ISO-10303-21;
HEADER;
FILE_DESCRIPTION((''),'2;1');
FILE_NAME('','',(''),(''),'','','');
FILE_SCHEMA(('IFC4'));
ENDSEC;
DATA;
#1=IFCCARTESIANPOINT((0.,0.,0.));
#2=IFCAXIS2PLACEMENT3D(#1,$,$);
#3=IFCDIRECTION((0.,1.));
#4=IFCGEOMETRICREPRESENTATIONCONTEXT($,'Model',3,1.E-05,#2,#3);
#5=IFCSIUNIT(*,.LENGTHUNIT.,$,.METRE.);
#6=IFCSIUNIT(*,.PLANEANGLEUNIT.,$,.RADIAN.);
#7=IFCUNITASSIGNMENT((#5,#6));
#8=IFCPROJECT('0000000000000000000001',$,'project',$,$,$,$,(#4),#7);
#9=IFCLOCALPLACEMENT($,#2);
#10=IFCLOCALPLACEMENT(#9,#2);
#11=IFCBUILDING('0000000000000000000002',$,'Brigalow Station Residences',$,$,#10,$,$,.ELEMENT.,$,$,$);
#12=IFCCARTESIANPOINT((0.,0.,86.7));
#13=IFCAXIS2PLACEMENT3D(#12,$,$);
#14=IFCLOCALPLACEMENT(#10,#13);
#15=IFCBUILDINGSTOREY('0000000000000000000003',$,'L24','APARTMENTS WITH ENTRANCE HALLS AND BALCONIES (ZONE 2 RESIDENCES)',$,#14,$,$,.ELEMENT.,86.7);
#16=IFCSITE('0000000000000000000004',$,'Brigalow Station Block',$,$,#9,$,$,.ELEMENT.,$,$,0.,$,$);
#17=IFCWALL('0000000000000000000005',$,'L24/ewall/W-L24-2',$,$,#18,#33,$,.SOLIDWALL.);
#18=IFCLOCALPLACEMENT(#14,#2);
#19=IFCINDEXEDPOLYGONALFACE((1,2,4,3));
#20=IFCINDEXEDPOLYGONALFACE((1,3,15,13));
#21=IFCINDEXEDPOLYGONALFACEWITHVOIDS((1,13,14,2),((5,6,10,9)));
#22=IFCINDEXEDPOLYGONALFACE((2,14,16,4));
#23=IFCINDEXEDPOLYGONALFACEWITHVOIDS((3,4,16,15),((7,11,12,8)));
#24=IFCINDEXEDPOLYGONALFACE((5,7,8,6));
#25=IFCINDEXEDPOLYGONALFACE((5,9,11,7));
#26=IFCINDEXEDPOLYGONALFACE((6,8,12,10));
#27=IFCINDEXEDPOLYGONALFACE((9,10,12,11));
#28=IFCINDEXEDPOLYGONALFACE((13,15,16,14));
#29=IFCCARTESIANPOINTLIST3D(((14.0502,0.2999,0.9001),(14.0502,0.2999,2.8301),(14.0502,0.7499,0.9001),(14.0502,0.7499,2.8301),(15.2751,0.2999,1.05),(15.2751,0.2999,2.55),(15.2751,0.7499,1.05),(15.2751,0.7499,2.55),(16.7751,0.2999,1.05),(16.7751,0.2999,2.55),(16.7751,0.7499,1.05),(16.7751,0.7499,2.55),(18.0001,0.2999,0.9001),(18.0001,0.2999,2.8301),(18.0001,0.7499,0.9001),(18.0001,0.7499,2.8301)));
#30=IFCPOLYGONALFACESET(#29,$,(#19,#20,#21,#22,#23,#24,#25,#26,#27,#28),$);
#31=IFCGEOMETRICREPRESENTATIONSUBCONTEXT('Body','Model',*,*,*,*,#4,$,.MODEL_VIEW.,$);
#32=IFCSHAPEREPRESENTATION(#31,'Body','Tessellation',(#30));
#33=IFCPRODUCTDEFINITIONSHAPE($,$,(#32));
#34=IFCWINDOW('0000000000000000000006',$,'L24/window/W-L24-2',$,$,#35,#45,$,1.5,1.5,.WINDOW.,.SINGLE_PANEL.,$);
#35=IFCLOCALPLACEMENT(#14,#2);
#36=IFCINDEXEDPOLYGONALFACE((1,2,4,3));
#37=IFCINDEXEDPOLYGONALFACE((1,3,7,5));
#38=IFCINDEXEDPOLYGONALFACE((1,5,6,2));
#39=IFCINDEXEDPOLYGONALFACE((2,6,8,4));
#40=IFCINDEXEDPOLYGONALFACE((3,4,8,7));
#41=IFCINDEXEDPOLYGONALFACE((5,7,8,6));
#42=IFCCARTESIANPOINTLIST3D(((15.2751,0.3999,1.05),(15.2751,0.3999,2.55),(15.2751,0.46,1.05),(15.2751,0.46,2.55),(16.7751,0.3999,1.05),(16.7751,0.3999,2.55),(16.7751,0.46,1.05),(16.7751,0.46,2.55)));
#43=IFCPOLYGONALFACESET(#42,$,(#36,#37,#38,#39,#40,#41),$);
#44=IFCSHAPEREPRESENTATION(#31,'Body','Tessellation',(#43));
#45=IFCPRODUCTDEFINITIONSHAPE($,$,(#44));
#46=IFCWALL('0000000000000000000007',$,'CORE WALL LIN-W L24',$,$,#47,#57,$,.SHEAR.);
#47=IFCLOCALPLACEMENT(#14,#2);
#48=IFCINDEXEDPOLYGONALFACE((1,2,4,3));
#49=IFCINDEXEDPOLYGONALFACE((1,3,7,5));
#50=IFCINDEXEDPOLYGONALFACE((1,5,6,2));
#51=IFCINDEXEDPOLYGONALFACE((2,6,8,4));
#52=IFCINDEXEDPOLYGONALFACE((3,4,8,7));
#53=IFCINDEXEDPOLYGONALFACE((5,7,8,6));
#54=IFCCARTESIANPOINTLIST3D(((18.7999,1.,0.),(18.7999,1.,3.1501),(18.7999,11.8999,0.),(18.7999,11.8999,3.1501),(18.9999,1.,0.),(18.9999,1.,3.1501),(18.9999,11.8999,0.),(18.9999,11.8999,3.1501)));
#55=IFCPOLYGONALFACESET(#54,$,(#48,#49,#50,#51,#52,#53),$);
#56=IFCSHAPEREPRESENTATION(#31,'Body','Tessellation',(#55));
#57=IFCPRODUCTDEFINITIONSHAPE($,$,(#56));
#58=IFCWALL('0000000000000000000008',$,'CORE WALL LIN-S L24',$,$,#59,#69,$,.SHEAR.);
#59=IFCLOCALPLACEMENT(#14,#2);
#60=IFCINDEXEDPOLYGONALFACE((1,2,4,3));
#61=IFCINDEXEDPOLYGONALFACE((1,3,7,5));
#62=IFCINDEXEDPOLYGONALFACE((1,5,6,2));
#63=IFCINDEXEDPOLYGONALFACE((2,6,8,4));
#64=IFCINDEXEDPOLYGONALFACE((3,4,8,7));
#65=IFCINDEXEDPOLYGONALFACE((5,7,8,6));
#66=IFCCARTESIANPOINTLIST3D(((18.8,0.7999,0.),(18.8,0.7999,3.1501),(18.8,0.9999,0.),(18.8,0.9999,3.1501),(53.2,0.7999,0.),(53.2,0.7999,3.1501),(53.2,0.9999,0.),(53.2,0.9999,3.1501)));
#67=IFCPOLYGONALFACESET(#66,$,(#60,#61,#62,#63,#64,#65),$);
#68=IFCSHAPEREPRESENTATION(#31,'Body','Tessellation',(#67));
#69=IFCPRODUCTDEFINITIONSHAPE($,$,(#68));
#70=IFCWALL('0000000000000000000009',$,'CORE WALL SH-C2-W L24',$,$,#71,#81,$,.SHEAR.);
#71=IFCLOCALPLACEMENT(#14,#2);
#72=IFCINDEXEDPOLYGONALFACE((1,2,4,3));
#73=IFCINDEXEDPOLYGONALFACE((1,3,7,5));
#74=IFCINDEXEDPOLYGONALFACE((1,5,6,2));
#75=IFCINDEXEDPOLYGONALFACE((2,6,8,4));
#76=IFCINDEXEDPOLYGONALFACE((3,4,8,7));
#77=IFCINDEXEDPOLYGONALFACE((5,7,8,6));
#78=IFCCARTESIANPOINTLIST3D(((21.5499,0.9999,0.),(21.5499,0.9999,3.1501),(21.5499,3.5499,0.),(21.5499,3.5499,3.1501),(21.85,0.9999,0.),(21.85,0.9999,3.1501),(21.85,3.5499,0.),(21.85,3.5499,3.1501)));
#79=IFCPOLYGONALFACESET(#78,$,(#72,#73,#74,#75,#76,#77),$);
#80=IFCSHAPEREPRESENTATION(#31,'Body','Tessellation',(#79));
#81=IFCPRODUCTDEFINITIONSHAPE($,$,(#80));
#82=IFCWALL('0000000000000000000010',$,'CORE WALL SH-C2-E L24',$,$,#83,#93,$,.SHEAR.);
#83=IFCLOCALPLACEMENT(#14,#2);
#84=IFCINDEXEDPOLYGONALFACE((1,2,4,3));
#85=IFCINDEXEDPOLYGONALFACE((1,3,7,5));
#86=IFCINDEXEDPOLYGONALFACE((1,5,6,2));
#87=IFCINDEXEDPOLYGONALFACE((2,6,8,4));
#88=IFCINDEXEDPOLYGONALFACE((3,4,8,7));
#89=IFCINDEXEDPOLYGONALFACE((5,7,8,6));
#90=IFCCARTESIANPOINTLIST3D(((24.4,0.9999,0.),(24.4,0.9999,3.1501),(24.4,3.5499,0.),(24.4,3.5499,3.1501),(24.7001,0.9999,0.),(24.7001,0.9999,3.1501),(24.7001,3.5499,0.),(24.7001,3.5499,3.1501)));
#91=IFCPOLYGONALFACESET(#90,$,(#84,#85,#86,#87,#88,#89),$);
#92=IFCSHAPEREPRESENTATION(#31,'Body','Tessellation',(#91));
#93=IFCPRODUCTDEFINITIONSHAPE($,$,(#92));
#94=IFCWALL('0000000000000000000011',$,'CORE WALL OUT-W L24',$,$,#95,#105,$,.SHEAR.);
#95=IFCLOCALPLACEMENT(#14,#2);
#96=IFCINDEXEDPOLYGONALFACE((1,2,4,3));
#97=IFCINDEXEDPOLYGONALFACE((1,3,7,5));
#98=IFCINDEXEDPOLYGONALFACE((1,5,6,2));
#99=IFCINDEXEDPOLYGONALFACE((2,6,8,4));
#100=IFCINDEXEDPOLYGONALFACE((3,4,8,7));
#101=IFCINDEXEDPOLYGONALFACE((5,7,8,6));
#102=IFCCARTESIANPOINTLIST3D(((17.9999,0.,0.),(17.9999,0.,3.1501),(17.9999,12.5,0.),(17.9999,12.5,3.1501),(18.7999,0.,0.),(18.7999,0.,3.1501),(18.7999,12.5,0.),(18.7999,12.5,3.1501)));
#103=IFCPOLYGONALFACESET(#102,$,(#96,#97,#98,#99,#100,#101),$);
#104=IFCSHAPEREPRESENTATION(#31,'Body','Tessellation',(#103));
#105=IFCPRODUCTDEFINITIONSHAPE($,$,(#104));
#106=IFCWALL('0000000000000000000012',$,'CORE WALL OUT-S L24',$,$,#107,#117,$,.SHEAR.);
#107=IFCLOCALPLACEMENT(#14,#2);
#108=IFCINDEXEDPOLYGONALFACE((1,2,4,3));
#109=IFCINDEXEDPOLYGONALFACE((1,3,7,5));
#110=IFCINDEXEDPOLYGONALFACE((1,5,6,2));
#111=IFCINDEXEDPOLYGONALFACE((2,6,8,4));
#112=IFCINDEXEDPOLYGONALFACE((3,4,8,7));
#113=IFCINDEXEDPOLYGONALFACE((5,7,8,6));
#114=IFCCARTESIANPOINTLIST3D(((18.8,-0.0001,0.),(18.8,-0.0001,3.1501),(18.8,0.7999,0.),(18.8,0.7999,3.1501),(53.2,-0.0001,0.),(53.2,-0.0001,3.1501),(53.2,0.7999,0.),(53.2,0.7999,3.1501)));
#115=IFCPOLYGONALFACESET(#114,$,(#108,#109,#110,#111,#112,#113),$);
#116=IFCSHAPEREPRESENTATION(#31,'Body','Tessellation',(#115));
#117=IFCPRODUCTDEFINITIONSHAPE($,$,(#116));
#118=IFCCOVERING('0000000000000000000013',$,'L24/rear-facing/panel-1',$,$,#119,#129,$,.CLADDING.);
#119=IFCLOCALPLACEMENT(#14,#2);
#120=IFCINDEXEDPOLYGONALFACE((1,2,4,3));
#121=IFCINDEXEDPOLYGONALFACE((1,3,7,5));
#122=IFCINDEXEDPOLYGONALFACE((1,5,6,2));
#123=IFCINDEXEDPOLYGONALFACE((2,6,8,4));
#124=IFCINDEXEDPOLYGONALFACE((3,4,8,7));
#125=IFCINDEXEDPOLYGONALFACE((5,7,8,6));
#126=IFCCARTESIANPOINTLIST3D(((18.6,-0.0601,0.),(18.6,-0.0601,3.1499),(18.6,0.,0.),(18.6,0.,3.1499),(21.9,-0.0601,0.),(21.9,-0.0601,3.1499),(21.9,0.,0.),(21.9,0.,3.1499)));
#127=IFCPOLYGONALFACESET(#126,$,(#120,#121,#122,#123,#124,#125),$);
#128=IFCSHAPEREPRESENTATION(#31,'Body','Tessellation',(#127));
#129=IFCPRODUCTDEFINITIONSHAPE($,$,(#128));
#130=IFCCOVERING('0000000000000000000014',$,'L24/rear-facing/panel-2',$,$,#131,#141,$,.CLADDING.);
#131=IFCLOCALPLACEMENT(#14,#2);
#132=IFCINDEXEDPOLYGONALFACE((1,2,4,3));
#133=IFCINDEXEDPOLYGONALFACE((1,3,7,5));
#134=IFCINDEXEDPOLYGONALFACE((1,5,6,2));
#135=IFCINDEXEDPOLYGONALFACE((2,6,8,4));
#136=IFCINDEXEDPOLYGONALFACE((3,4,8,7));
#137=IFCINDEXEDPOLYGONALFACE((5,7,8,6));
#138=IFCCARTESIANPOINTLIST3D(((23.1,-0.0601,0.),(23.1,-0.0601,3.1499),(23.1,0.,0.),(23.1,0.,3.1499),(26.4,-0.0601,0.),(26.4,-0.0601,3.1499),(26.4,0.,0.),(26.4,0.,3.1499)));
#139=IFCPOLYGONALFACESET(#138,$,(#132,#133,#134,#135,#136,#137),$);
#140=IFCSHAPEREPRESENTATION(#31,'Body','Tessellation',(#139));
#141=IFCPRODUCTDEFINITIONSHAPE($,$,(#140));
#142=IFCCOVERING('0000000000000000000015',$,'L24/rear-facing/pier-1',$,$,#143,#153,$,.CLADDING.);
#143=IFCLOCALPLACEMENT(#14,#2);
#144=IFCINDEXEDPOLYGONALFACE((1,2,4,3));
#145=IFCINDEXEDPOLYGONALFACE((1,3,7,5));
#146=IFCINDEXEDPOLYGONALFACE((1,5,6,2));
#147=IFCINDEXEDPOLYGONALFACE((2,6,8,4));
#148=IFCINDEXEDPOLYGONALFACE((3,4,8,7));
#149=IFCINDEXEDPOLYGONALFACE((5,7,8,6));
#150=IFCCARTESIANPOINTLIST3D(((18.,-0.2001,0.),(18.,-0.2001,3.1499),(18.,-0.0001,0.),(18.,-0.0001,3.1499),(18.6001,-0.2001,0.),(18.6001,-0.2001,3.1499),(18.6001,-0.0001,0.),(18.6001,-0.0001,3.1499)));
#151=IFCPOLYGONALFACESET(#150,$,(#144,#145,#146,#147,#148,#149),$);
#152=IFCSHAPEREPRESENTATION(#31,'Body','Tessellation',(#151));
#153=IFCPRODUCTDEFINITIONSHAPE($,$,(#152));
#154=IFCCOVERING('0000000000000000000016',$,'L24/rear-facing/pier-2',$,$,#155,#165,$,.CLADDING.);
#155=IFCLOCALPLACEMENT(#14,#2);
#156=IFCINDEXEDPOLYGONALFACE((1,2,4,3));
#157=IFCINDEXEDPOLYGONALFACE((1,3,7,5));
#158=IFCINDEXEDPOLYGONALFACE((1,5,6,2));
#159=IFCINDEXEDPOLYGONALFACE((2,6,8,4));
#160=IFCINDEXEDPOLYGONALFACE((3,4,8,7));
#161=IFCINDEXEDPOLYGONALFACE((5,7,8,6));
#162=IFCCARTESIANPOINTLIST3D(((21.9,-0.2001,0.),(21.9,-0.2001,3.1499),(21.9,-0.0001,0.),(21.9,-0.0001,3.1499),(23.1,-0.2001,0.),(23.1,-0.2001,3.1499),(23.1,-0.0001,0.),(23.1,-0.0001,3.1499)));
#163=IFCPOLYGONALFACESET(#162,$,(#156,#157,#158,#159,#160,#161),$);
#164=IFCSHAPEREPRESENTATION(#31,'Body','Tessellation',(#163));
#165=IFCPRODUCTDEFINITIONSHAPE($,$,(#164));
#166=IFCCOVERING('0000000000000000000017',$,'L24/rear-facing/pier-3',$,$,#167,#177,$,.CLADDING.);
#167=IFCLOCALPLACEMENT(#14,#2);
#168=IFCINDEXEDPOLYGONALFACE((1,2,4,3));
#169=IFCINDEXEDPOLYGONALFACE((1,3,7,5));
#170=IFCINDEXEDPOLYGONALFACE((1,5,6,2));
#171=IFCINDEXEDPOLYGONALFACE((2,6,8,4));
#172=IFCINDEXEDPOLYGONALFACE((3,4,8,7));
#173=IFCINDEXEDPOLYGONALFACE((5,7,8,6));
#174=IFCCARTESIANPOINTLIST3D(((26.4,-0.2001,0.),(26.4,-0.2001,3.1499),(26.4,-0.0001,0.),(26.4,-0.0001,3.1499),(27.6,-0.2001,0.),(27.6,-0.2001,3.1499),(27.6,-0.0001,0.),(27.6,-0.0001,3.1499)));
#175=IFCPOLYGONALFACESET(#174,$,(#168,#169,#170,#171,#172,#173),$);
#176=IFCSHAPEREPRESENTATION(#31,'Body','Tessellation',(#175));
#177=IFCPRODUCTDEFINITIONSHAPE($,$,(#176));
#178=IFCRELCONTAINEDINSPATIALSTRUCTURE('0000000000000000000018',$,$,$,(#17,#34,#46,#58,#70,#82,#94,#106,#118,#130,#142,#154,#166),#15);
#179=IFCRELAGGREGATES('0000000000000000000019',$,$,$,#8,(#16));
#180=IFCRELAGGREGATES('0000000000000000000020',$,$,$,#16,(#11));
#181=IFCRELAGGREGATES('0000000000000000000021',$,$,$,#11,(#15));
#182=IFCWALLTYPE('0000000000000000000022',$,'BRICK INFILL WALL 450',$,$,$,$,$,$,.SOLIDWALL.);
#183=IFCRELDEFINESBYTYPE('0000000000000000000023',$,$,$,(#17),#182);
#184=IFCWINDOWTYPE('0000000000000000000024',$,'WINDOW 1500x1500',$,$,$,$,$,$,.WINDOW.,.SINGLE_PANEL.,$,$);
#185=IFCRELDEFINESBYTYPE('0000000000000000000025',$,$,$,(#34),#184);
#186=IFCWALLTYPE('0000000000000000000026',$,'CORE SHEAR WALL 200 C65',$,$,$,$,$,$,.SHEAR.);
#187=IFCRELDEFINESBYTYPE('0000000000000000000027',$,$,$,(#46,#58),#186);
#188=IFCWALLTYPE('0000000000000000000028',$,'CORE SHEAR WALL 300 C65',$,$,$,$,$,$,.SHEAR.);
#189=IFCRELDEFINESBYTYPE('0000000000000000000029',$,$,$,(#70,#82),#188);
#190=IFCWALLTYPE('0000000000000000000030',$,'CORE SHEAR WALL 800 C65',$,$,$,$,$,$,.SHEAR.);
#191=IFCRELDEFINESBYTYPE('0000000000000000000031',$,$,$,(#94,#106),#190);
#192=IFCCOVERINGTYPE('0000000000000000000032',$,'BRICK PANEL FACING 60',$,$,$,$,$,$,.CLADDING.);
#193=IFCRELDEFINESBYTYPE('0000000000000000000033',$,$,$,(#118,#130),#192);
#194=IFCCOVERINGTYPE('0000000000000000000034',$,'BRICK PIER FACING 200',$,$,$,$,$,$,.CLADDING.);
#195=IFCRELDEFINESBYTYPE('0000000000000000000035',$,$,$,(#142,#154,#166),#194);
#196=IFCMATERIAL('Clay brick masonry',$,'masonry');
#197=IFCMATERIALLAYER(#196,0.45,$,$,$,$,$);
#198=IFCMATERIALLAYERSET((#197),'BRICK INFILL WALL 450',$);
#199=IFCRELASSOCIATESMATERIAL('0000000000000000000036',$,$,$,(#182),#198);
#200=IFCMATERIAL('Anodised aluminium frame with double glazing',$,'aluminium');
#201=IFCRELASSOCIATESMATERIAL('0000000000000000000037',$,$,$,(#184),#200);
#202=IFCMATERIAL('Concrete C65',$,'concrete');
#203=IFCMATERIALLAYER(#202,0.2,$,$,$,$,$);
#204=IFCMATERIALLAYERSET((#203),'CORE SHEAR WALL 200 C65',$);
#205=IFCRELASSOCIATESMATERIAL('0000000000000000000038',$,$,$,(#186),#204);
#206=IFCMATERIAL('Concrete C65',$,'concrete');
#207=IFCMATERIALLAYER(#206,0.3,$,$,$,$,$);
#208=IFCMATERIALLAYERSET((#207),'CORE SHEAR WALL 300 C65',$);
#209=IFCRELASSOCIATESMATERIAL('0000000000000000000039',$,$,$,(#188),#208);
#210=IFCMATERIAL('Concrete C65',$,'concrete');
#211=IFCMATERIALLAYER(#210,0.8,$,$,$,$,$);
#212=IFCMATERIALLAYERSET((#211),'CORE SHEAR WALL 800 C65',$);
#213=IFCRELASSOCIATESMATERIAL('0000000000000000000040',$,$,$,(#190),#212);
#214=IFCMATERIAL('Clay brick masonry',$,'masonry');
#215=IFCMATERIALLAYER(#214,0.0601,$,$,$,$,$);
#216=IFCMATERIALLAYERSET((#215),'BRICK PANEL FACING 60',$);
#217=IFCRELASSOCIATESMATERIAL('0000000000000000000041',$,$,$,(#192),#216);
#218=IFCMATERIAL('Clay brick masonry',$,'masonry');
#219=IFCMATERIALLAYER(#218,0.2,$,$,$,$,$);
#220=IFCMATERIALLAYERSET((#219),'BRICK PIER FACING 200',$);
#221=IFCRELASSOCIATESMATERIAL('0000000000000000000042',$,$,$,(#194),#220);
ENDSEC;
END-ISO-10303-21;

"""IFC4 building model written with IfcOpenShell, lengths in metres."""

from ifc_helpers import new_model, si_unit, direction, frame, frame_2d, origin, origin_2d, place, context, subcontext, project, spatial, rectangle, extrude, material, layer, layer_set, type_object, element, fill, save


model = new_model("IFC4")

# Units and contexts
model_context = context("Model", 3, precision=1e-05, world=origin(), true_north=direction((0.0, 1.0)))
body_context = subcontext(model_context, "Body", "Model", "MODEL_VIEW")
ifc_project = project(units=[si_unit("LENGTHUNIT", "METRE"), si_unit("PLANEANGLEUNIT", "RADIAN")], contexts=[model_context])

# Site, building, storey
site_placement = place(None, origin())
site = spatial("IfcSite", under=ifc_project, at=site_placement, Name="Brigalow Station Block", CompositionType="ELEMENT", RefElevation=0.0)
building_placement = place(site_placement, origin())
building = spatial("IfcBuilding", under=site, at=building_placement, Name="Brigalow Station Residences", CompositionType="ELEMENT")
storey_placement = place(building_placement, frame((0.0, 0.0, 86.7)))
storey = spatial("IfcBuildingStorey", under=building, at=storey_placement, Name="L24", Description="APARTMENTS WITH ENTRANCE HALLS AND BALCONIES (ZONE 2 RESIDENCES)", CompositionType="ELEMENT", Elevation=86.7)

# Wall, opening, window
ifc_material_1 = material(Name="Clay brick masonry", Category="masonry")
ifc_layer_1 = layer(ifc_material_1, 0.45)
ifc_layer_set_1 = layer_set([ifc_layer_1], Name="BRICK INFILL WALL 450")
wall_type_1 = type_object("IfcWallType", Name="BRICK INFILL WALL 450", PredefinedType="SOLIDWALL", material=ifc_layer_set_1)
wall_1_placement = place(storey_placement, frame((14.05, 0.5249, 0.9001), z_axis=(0.0, 0.0, 1.0), x_axis=(1.0, 0.0, 0.0)))
wall_1 = element("IfcWall", 1, at=wall_1_placement, inside=storey, type_object=wall_type_1, Name="L24/ewall/W-L24-2", PredefinedType="SOLIDWALL", context=body_context, shape_type="SweptSolid", body=[
    extrude(rectangle(XDim=3.95, YDim=0.45, at=frame_2d((1.9751, 0.0))), origin(), (0.0, 0.0, 1.0), 1.9299),
])
opening_placement = place(wall_1_placement, frame((1.2251, 0.0, 0.1499)))
opening = element("IfcOpeningElement", 2, at=opening_placement, cuts=wall_1, PredefinedType="OPENING", context=body_context, shape_type="SweptSolid", body=[
    extrude(rectangle(XDim=1.5, YDim=1.5, at=frame_2d((0.75, 0.75))), frame((0.0, 0.2349, 0.0), z_axis=(0.0, -1.0, 0.0), x_axis=(1.0, 0.0, 0.0)), (0.0, 0.0, 1.0), 0.47),
])
ifc_material_2 = material(Name="Anodised aluminium frame with double glazing", Category="aluminium")
window_type = type_object("IfcWindowType", Name="WINDOW 1500x1500", PartitioningType="SINGLE_PANEL", PredefinedType="WINDOW", material=ifc_material_2)
window_placement = place(opening_placement, origin())
window = element("IfcWindow", 3, at=window_placement, inside=storey, type_object=window_type, Name="L24/window/W-L24-2", OverallHeight=1.5, OverallWidth=1.5, PartitioningType="SINGLE_PANEL", PredefinedType="WINDOW", context=body_context, shape_type="SweptSolid", body=[
    extrude(rectangle(XDim=1.5, YDim=1.5, at=frame_2d((0.75, 0.75))), frame((0.0, -0.0649, 0.0), z_axis=(0.0, -1.0, 0.0), x_axis=(1.0, 0.0, 0.0)), (0.0, 0.0, 1.0), 0.0601),
])
fill(opening, window)

# Walls
ifc_material_3 = material(Name="Concrete C65", Category="concrete")
ifc_layer_2 = layer(ifc_material_3, 0.2)
ifc_layer_set_2 = layer_set([ifc_layer_2], Name="CORE SHEAR WALL 200 C65")
wall_type_2 = type_object("IfcWallType", Name="CORE SHEAR WALL 200 C65", PredefinedType="SHEAR", material=ifc_layer_set_2)
wall_2_placement = place(storey_placement, frame((18.8999, 1.0, 0.0), z_axis=(0.0, 0.0, 1.0), x_axis=(0.0, 1.0, 0.0)))
element("IfcWall", 4, at=wall_2_placement, inside=storey, type_object=wall_type_2, Name="CORE WALL LIN-W L24", PredefinedType="SHEAR", context=body_context, shape_type="SweptSolid", body=[
    extrude(rectangle(XDim=10.8999, YDim=0.2, at=frame_2d((5.45, 0.0))), origin(), (0.0, 0.0, 1.0), 3.1501),
])
wall_3_placement = place(storey_placement, frame((18.8, 0.8999, 0.0), z_axis=(0.0, 0.0, 1.0), x_axis=(1.0, 0.0, 0.0)))
element("IfcWall", 5, at=wall_3_placement, inside=storey, type_object=wall_type_2, Name="CORE WALL LIN-S L24", PredefinedType="SHEAR", context=body_context, shape_type="SweptSolid", body=[
    extrude(rectangle(XDim=34.3999, YDim=0.2, at=frame_2d((17.2, 0.0))), origin(), (0.0, 0.0, 1.0), 3.1501),
])
ifc_material_4 = material(Name="Concrete C65", Category="concrete")
ifc_layer_3 = layer(ifc_material_4, 0.3)
ifc_layer_set_3 = layer_set([ifc_layer_3], Name="CORE SHEAR WALL 300 C65")
wall_type_3 = type_object("IfcWallType", Name="CORE SHEAR WALL 300 C65", PredefinedType="SHEAR", material=ifc_layer_set_3)
for number, where, z_axis, x_axis, name in (
    (6, (21.7, 1.0, 0.0), (0.0, 0.0, 1.0), (0.0, 1.0, 0.0), "CORE WALL SH-C2-W L24"),
    (7, (24.55, 1.0, 0.0), (0.0, 0.0, 1.0), (0.0, 1.0, 0.0), "CORE WALL SH-C2-E L24"),
):
    element("IfcWall", number, at=place(storey_placement, frame(where, z_axis=z_axis, x_axis=x_axis)), inside=storey, type_object=wall_type_3, Name=name, PredefinedType="SHEAR", context=body_context, shape_type="SweptSolid", body=[
        extrude(rectangle(XDim=2.55, YDim=0.3, at=frame_2d((1.2749, 0.0))), origin(), (0.0, 0.0, 1.0), 3.1501),
    ])
ifc_material_5 = material(Name="Concrete C65", Category="concrete")
ifc_layer_4 = layer(ifc_material_5, 0.8)
ifc_layer_set_4 = layer_set([ifc_layer_4], Name="CORE SHEAR WALL 800 C65")
wall_type_4 = type_object("IfcWallType", Name="CORE SHEAR WALL 800 C65", PredefinedType="SHEAR", material=ifc_layer_set_4)
wall_4_placement = place(storey_placement, frame((18.3999, 0.0, 0.0), z_axis=(0.0, 0.0, 1.0), x_axis=(0.0, 1.0, 0.0)))
element("IfcWall", 8, at=wall_4_placement, inside=storey, type_object=wall_type_4, Name="CORE WALL OUT-W L24", PredefinedType="SHEAR", context=body_context, shape_type="SweptSolid", body=[
    extrude(rectangle(XDim=12.5, YDim=0.8, at=frame_2d((6.25, 0.0))), origin(), (0.0, 0.0, 1.0), 3.1501),
])
wall_5_placement = place(storey_placement, frame((18.8, 0.3999, 0.0), z_axis=(0.0, 0.0, 1.0), x_axis=(1.0, 0.0, 0.0)))
element("IfcWall", 9, at=wall_5_placement, inside=storey, type_object=wall_type_4, Name="CORE WALL OUT-S L24", PredefinedType="SHEAR", context=body_context, shape_type="SweptSolid", body=[
    extrude(rectangle(XDim=34.3999, YDim=0.8, at=frame_2d((17.2, 0.0))), origin(), (0.0, 0.0, 1.0), 3.1501),
])

# Coverings
ifc_material_6 = material(Name="Clay brick masonry", Category="masonry")
ifc_layer_5 = layer(ifc_material_6, 0.0601)
ifc_layer_set_5 = layer_set([ifc_layer_5], Name="BRICK PANEL FACING 60")
covering_type_1 = type_object("IfcCoveringType", Name="BRICK PANEL FACING 60", PredefinedType="CLADDING", material=ifc_layer_set_5)
for number, where, z_axis, x_axis, name in (
    (10, (20.25, -0.03, 0.0), (0.0, 0.0, 1.0), (1.0, 0.0, 0.0), "L24/rear-facing/panel-1"),
    (11, (24.75, -0.03, 0.0), (0.0, 0.0, 1.0), (1.0, 0.0, 0.0), "L24/rear-facing/panel-2"),
):
    element("IfcCovering", number, at=place(storey_placement, frame(where, z_axis=z_axis, x_axis=x_axis)), inside=storey, type_object=covering_type_1, Name=name, PredefinedType="CLADDING", context=body_context, shape_type="SweptSolid", body=[
        extrude(rectangle(XDim=3.3, YDim=0.0601, at=origin_2d()), origin(), (0.0, 0.0, 1.0), 3.1499),
    ])
ifc_material_7 = material(Name="Clay brick masonry", Category="masonry")
ifc_layer_6 = layer(ifc_material_7, 0.2)
ifc_layer_set_6 = layer_set([ifc_layer_6], Name="BRICK PIER FACING 200")
covering_type_2 = type_object("IfcCoveringType", Name="BRICK PIER FACING 200", PredefinedType="CLADDING", material=ifc_layer_set_6)
covering_placement = place(storey_placement, frame((18.3, -0.1001, 0.0), z_axis=(0.0, 0.0, 1.0), x_axis=(1.0, 0.0, 0.0)))
element("IfcCovering", 12, at=covering_placement, inside=storey, type_object=covering_type_2, Name="L24/rear-facing/pier-1", PredefinedType="CLADDING", context=body_context, shape_type="SweptSolid", body=[
    extrude(rectangle(XDim=0.6001, YDim=0.2, at=origin_2d()), origin(), (0.0, 0.0, 1.0), 3.1499),
])
for number, where, z_axis, x_axis, name in (
    (13, (22.5, -0.1001, 0.0), (0.0, 0.0, 1.0), (1.0, 0.0, 0.0), "L24/rear-facing/pier-2"),
    (14, (27.0, -0.1001, 0.0), (0.0, 0.0, 1.0), (1.0, 0.0, 0.0), "L24/rear-facing/pier-3"),
):
    element("IfcCovering", number, at=place(storey_placement, frame(where, z_axis=z_axis, x_axis=x_axis)), inside=storey, type_object=covering_type_2, Name=name, PredefinedType="CLADDING", context=body_context, shape_type="SweptSolid", body=[
        extrude(rectangle(XDim=1.2, YDim=0.2, at=origin_2d()), origin(), (0.0, 0.0, 1.0), 3.1499),
    ])

save(model, "model.ifc")
